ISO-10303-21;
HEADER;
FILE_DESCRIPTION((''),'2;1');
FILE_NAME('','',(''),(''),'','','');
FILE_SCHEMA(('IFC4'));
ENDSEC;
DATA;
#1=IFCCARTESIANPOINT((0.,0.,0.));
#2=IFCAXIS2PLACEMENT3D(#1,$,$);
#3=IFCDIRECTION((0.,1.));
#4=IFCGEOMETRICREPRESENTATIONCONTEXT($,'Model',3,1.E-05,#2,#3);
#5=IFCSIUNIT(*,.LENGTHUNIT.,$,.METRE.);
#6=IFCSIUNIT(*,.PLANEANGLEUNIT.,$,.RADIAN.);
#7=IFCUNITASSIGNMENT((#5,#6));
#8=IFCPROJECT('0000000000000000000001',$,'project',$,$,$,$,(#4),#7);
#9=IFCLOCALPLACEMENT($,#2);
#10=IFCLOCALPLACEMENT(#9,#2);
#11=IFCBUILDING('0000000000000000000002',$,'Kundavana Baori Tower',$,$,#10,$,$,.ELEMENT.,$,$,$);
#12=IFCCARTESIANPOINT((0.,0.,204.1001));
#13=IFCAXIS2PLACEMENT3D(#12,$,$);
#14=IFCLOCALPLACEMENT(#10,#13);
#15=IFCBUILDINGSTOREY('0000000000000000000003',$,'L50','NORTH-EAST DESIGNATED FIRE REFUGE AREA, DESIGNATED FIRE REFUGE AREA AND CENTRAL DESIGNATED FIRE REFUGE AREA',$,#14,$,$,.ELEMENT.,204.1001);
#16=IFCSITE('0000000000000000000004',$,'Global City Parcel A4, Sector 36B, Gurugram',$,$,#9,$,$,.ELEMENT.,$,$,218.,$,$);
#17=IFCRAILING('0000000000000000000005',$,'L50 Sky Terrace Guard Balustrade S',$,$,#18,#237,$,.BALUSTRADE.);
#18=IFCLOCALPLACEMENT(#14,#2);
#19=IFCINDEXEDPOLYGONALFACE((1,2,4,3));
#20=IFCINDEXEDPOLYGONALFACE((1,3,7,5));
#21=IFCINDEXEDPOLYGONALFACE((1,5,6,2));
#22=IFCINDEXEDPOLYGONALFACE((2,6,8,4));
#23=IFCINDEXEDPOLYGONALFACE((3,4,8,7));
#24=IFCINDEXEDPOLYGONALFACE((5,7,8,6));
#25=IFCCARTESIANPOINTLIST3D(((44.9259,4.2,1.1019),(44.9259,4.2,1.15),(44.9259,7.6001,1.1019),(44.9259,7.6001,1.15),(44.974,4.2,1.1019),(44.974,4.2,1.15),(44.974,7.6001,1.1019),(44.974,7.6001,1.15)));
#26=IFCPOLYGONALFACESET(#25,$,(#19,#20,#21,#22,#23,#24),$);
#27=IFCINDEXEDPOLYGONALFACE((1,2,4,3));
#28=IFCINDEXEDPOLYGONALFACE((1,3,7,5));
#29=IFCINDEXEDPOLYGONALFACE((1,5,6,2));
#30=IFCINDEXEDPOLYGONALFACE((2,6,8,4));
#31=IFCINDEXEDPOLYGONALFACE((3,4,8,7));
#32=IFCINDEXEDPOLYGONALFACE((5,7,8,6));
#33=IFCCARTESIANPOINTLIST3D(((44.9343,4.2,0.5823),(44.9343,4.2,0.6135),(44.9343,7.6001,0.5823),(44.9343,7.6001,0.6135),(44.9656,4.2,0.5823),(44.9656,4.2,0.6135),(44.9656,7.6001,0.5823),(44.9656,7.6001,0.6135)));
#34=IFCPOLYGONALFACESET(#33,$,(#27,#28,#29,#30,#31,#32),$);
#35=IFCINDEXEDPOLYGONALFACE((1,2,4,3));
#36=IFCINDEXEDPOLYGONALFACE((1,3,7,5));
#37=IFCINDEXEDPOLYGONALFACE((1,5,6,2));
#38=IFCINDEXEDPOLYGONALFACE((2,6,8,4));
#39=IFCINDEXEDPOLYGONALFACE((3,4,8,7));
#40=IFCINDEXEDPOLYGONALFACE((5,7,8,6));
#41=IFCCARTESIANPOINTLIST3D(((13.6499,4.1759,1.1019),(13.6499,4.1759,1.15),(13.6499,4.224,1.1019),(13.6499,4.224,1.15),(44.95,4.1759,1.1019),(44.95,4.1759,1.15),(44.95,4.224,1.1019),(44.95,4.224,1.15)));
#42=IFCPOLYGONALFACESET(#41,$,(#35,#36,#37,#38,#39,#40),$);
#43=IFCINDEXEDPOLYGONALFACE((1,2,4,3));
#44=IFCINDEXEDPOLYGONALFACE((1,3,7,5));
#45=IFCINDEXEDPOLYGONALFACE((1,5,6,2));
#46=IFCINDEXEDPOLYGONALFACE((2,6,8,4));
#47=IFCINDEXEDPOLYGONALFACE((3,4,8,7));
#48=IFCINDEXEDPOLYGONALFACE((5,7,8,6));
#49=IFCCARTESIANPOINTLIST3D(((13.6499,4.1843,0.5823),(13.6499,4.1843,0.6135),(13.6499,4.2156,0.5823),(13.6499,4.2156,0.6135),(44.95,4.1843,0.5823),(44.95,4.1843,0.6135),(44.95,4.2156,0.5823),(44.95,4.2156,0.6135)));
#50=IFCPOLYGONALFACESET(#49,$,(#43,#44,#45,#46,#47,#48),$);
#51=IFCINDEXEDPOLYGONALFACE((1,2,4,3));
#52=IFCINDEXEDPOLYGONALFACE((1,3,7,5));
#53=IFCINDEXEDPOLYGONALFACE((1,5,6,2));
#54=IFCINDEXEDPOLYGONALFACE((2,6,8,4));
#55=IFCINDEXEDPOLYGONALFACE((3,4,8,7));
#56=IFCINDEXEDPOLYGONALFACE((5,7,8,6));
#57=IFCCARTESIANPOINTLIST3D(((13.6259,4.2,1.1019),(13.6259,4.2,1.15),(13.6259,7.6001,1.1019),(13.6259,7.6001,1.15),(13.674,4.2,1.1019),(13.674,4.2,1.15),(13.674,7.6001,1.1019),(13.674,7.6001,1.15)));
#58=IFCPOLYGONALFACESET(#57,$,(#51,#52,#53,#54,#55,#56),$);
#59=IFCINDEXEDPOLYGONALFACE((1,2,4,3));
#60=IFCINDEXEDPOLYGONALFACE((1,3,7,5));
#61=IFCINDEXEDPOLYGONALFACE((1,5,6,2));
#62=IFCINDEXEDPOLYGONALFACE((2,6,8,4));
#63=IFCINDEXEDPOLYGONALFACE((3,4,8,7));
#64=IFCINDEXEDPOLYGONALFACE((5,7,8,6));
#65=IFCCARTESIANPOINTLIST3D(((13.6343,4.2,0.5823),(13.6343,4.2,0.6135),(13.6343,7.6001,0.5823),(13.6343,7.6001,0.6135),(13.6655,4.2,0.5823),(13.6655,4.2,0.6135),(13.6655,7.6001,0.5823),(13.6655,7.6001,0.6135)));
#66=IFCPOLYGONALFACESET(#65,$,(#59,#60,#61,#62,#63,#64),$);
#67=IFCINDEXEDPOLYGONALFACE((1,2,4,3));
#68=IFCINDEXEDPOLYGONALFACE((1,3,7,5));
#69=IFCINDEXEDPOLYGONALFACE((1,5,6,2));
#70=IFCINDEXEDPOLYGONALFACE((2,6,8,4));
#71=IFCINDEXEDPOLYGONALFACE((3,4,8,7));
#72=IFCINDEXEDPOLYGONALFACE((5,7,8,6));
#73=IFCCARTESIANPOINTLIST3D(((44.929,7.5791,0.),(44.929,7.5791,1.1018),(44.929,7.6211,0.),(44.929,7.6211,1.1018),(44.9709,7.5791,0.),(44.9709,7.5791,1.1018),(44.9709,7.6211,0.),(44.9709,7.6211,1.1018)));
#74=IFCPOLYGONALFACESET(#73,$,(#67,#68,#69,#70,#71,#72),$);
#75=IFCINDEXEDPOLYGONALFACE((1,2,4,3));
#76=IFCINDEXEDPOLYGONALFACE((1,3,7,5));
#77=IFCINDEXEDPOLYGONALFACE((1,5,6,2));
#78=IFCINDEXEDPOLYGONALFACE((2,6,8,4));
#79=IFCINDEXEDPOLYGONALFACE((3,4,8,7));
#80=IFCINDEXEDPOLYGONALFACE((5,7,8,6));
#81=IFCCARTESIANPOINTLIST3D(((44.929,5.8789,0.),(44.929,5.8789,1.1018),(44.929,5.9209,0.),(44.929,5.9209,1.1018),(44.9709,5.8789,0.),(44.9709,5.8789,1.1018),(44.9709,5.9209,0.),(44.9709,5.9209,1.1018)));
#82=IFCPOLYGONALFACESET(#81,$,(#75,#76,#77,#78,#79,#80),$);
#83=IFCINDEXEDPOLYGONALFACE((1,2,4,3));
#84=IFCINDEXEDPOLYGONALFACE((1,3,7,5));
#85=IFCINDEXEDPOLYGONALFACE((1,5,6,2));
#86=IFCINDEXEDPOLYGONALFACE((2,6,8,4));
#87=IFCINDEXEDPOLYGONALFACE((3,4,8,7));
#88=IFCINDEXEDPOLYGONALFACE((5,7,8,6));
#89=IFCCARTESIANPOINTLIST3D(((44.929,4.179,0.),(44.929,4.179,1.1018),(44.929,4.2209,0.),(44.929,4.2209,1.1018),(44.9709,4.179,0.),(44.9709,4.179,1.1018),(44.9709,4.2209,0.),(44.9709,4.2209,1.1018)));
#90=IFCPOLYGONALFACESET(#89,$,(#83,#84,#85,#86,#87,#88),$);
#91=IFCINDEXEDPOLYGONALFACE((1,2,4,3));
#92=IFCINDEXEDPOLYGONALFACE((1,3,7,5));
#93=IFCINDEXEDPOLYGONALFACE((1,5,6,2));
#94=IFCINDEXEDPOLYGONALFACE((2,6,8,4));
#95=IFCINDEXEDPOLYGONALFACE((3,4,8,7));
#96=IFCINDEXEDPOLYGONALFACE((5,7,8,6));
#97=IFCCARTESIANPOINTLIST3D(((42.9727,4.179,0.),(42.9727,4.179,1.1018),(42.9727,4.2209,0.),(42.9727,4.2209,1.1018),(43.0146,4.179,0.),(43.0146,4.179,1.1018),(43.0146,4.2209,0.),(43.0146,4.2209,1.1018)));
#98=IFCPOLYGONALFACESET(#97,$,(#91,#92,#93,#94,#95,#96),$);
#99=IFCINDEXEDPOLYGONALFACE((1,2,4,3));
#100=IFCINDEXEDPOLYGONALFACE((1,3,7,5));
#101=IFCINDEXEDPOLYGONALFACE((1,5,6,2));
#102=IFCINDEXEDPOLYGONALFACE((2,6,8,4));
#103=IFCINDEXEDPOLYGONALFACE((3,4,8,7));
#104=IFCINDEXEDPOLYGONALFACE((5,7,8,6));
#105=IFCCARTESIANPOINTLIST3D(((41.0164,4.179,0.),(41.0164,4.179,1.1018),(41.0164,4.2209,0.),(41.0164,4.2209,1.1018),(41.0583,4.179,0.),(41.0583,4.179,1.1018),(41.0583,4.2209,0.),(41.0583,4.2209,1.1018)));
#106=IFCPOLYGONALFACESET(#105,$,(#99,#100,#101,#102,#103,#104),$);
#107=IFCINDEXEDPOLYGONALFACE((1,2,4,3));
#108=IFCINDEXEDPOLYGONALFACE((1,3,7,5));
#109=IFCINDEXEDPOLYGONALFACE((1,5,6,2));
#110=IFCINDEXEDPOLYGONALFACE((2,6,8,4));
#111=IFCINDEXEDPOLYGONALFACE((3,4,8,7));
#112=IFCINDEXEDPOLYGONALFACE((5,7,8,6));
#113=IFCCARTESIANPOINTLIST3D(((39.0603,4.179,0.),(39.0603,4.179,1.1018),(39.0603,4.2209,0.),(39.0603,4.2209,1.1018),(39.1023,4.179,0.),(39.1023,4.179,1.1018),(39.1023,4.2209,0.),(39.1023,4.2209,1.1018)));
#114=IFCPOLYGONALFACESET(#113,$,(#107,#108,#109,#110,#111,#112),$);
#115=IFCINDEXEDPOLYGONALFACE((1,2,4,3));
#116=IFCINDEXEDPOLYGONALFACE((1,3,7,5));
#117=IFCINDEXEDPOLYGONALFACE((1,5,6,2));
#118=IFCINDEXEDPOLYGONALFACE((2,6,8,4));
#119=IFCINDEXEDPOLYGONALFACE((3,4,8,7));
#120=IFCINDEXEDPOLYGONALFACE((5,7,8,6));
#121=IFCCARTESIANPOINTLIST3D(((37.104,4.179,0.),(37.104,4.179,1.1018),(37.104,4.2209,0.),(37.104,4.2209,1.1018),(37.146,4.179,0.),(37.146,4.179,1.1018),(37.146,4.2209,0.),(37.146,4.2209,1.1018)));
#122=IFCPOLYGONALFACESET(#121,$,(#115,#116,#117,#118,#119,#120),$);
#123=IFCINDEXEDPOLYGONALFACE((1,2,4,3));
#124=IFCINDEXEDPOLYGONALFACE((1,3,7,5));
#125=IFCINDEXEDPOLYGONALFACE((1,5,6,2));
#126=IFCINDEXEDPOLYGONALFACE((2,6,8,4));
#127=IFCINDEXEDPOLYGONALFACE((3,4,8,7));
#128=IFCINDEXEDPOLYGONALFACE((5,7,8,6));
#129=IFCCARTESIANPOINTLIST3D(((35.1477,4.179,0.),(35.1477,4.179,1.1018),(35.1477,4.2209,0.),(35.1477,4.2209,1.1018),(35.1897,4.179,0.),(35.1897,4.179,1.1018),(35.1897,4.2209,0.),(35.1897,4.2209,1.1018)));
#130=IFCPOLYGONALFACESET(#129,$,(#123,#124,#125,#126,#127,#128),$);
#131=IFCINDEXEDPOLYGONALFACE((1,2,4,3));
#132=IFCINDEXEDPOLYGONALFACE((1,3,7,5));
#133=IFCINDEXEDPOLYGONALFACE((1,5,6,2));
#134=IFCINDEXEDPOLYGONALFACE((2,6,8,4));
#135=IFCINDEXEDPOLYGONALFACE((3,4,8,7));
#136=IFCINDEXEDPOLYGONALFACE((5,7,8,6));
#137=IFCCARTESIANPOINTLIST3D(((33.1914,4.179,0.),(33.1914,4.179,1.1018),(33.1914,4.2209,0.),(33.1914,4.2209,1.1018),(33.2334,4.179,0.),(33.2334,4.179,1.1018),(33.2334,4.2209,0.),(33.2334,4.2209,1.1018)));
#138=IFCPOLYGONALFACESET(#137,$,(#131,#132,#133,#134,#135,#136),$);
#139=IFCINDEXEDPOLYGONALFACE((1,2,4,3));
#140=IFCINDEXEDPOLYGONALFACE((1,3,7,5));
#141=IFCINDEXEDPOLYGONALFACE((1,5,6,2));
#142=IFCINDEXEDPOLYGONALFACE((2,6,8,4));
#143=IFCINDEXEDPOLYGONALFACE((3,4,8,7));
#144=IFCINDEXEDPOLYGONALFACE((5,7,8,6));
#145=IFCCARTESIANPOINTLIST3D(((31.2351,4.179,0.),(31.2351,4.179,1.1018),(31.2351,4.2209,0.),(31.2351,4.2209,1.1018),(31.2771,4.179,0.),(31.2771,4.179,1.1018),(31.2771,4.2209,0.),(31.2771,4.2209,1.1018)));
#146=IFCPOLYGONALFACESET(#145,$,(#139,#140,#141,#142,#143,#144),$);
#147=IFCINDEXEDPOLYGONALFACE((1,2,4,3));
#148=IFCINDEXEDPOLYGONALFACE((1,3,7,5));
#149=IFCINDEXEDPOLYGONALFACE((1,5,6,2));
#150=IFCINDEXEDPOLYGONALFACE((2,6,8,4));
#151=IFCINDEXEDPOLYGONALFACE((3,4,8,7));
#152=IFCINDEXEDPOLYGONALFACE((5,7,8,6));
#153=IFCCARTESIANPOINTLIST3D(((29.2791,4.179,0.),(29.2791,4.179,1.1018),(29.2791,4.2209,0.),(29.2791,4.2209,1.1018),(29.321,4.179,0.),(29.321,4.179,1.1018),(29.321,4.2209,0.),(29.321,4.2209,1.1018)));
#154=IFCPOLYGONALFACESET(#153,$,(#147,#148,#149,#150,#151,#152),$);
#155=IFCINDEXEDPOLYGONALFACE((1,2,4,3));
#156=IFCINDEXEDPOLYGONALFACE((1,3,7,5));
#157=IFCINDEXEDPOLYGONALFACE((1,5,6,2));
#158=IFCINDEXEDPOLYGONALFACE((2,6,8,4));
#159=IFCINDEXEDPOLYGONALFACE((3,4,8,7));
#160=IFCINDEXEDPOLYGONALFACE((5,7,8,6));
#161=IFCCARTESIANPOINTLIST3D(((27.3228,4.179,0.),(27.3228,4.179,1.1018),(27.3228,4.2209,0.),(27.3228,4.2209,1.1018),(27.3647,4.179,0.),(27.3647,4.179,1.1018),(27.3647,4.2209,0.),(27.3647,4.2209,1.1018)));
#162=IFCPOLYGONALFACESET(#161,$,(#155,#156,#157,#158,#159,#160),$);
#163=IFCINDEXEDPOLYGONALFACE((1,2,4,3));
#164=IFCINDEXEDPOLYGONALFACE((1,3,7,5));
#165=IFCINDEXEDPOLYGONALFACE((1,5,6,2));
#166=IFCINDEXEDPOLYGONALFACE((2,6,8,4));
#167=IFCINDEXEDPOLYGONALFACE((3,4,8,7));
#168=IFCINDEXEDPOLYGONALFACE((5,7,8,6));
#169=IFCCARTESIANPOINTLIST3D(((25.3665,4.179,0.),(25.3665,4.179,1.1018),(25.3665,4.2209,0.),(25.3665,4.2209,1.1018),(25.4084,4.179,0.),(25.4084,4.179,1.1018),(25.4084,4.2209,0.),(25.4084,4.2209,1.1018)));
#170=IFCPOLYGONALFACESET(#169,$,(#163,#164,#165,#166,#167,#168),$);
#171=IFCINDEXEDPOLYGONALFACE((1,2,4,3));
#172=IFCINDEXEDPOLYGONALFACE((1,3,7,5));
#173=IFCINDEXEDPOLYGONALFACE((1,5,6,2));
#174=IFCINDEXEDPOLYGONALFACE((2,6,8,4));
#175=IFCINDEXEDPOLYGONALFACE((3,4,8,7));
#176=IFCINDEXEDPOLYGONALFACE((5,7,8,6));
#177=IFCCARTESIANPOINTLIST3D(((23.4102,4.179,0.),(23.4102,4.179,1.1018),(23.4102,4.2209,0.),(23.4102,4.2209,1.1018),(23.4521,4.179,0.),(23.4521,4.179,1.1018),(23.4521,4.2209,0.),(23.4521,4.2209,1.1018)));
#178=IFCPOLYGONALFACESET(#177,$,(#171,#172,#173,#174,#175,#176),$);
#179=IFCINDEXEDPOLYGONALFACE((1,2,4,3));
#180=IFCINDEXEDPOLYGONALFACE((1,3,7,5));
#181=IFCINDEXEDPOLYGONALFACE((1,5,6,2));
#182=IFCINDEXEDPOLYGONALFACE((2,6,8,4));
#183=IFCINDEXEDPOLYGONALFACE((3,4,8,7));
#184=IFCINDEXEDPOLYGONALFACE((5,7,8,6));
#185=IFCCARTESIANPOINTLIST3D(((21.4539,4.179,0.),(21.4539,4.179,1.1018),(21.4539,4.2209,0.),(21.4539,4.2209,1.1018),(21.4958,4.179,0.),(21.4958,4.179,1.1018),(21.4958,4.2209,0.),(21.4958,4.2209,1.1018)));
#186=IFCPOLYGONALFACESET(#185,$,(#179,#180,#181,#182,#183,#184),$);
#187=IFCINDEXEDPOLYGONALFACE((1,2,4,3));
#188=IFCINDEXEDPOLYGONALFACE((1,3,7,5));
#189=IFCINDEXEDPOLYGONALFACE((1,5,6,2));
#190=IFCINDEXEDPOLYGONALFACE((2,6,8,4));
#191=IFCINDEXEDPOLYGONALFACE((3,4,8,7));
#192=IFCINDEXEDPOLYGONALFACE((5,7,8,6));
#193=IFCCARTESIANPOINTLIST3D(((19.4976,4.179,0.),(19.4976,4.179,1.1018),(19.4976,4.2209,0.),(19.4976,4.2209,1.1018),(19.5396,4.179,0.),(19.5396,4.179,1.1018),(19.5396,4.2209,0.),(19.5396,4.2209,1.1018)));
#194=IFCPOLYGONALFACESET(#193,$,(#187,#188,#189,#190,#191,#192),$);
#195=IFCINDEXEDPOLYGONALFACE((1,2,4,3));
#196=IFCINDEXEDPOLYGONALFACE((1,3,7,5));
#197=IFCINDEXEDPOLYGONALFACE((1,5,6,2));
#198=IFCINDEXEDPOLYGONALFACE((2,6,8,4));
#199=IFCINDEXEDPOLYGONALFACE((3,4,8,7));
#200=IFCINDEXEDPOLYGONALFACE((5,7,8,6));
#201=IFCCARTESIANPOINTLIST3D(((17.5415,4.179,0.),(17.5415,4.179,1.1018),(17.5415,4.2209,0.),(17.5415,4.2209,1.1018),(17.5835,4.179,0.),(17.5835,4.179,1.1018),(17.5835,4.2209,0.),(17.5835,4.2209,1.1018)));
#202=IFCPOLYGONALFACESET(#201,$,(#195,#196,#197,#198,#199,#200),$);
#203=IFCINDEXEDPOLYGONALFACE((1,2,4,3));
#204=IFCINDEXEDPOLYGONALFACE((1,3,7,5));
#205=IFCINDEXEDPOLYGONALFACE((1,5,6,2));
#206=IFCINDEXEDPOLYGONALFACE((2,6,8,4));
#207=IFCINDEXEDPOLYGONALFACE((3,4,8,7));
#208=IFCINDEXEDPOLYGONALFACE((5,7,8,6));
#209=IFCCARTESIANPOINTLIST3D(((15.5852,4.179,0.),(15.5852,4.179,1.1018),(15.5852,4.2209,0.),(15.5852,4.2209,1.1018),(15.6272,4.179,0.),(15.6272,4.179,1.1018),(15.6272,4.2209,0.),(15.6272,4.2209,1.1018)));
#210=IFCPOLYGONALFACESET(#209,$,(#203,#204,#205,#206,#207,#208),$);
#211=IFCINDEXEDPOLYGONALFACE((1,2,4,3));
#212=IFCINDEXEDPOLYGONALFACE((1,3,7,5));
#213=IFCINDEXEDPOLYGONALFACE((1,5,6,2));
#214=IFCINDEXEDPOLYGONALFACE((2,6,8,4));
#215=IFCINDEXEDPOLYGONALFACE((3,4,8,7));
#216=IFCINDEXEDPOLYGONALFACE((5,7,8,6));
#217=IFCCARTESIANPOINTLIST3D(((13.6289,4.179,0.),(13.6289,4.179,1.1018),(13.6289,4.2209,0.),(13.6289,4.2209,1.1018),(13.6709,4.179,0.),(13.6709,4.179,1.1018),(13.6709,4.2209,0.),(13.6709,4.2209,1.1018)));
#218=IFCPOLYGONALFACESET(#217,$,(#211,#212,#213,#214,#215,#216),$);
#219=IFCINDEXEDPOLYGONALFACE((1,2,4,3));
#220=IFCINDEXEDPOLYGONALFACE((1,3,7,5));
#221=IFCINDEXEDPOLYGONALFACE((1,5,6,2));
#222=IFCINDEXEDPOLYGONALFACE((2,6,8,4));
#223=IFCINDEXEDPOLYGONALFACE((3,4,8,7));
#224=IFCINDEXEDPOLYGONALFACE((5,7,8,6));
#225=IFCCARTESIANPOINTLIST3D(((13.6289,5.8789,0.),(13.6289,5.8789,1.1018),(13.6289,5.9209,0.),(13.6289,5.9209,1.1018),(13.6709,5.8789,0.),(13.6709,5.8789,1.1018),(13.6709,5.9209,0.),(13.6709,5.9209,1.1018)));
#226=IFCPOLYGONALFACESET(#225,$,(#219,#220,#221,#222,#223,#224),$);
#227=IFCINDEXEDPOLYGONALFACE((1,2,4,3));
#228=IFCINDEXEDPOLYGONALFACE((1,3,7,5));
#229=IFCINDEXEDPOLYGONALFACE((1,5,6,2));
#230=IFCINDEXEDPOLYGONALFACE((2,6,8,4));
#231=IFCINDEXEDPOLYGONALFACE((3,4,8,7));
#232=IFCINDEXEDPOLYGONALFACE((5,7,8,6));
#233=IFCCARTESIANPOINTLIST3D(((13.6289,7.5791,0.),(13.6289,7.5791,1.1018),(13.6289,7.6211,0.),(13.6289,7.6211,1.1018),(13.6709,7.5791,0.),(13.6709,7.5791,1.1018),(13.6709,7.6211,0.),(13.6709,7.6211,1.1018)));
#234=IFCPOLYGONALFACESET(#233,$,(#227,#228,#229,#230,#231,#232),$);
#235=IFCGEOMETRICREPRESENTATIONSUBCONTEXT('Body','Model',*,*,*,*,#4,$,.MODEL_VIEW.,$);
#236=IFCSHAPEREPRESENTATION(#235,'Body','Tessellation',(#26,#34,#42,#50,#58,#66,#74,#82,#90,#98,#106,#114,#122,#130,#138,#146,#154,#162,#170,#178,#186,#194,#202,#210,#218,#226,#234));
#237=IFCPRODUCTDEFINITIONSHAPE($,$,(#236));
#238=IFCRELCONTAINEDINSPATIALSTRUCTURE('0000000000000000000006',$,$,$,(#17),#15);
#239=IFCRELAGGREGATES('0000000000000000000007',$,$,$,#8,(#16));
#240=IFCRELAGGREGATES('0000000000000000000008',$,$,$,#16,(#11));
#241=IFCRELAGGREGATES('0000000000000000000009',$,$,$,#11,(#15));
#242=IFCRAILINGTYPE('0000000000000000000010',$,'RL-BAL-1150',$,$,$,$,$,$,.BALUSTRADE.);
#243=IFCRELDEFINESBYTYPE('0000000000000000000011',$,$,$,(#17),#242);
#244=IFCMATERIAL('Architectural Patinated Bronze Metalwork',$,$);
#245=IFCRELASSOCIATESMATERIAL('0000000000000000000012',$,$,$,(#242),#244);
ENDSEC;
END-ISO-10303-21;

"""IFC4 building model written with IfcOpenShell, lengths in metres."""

from ifc_helpers import new_model, si_unit, direction, frame, origin, origin_2d, place, context, subcontext, project, spatial, rectangle, extrude, material, type_object, element, save


model = new_model("IFC4")

# Units and contexts
model_context = context("Model", 3, precision=1e-05, world=origin(), true_north=direction((0.0, 1.0)))
body_context = subcontext(model_context, "Body", "Model", "MODEL_VIEW")
ifc_project = project(units=[si_unit("LENGTHUNIT", "METRE"), si_unit("PLANEANGLEUNIT", "RADIAN")], contexts=[model_context])

# Site, building, storey
site_placement = place(None, origin())
site = spatial("IfcSite", under=ifc_project, at=site_placement, Name="Global City Parcel A4, Sector 36B, Gurugram", CompositionType="ELEMENT", RefElevation=218.0)
building_placement = place(site_placement, origin())
building = spatial("IfcBuilding", under=site, at=building_placement, Name="Kundavana Baori Tower", CompositionType="ELEMENT")
storey_placement = place(building_placement, frame((0.0, 0.0, 204.1001)))
storey = spatial("IfcBuildingStorey", under=building, at=storey_placement, Name="L50", Description="NORTH-EAST DESIGNATED FIRE REFUGE AREA, DESIGNATED FIRE REFUGE AREA AND CENTRAL DESIGNATED FIRE REFUGE AREA", CompositionType="ELEMENT", Elevation=204.1001)

# Railing
ifc_material_1 = material(Name="Architectural Patinated Bronze Metalwork")
railing_type = type_object("IfcRailingType", Name="RL-BAL-1150", PredefinedType="BALUSTRADE", material=ifc_material_1)
railing_placement = place(storey_placement, frame((44.95, 7.6001, 0.0)))
element("IfcRailing", 1, at=railing_placement, inside=storey, type_object=railing_type, Name="L50 Sky Terrace Guard Balustrade S", PredefinedType="BALUSTRADE", context=body_context, shape_type="SweptSolid", body=[
    extrude(rectangle(XDim=0.0481, YDim=0.0481, at=origin_2d()), frame((0.0, 0.0, 1.126), z_axis=(0.0, -1.0, 0.0), x_axis=(1.0, 0.0, 0.0)), (0.0, 0.0, 1.0), 3.4001),
    extrude(rectangle(XDim=0.0312, YDim=0.0312, at=origin_2d()), frame((0.0, 0.0, 0.5979), z_axis=(0.0, -1.0, 0.0), x_axis=(1.0, 0.0, 0.0)), (0.0, 0.0, 1.0), 3.4001),
    extrude(rectangle(XDim=0.0481, YDim=0.0481, at=origin_2d()), frame((0.0, -3.4001, 1.126), z_axis=(-1.0, 0.0, 0.0), x_axis=(0.0, -1.0, 0.0)), (0.0, 0.0, 1.0), 31.3),
    extrude(rectangle(XDim=0.0312, YDim=0.0312, at=origin_2d()), frame((0.0, -3.4001, 0.5979), z_axis=(-1.0, 0.0, 0.0), x_axis=(0.0, -1.0, 0.0)), (0.0, 0.0, 1.0), 31.3),
    extrude(rectangle(XDim=0.0481, YDim=0.0481, at=origin_2d()), frame((-31.3, -3.4001, 1.126), z_axis=(0.0, 1.0, 0.0), x_axis=(-1.0, 0.0, 0.0)), (0.0, 0.0, 1.0), 3.4001),
    extrude(rectangle(XDim=0.0312, YDim=0.0312, at=origin_2d()), frame((-31.3, -3.4001, 0.5979), z_axis=(0.0, 1.0, 0.0), x_axis=(-1.0, 0.0, 0.0)), (0.0, 0.0, 1.0), 3.4001),
    extrude(rectangle(XDim=0.042, YDim=0.042, at=origin_2d()), origin(), (0.0, 0.0, 1.0), 1.1018),
    extrude(rectangle(XDim=0.042, YDim=0.042, at=origin_2d()), frame((0.0, -1.7002, 0.0)), (0.0, 0.0, 1.0), 1.1018),
    extrude(rectangle(XDim=0.042, YDim=0.042, at=origin_2d()), frame((0.0, -3.4001, 0.0)), (0.0, 0.0, 1.0), 1.1018),
    extrude(rectangle(XDim=0.042, YDim=0.042, at=origin_2d()), frame((-1.9563, -3.4001, 0.0)), (0.0, 0.0, 1.0), 1.1018),
    extrude(rectangle(XDim=0.042, YDim=0.042, at=origin_2d()), frame((-3.9126, -3.4001, 0.0)), (0.0, 0.0, 1.0), 1.1018),
    extrude(rectangle(XDim=0.042, YDim=0.042, at=origin_2d()), frame((-5.8687, -3.4001, 0.0)), (0.0, 0.0, 1.0), 1.1018),
    extrude(rectangle(XDim=0.042, YDim=0.042, at=origin_2d()), frame((-7.825, -3.4001, 0.0)), (0.0, 0.0, 1.0), 1.1018),
    extrude(rectangle(XDim=0.042, YDim=0.042, at=origin_2d()), frame((-9.7812, -3.4001, 0.0)), (0.0, 0.0, 1.0), 1.1018),
    extrude(rectangle(XDim=0.042, YDim=0.042, at=origin_2d()), frame((-11.7375, -3.4001, 0.0)), (0.0, 0.0, 1.0), 1.1018),
    extrude(rectangle(XDim=0.042, YDim=0.042, at=origin_2d()), frame((-13.6938, -3.4001, 0.0)), (0.0, 0.0, 1.0), 1.1018),
    extrude(rectangle(XDim=0.042, YDim=0.042, at=origin_2d()), frame((-15.6499, -3.4001, 0.0)), (0.0, 0.0, 1.0), 1.1018),
    extrude(rectangle(XDim=0.042, YDim=0.042, at=origin_2d()), frame((-17.6062, -3.4001, 0.0)), (0.0, 0.0, 1.0), 1.1018),
    extrude(rectangle(XDim=0.042, YDim=0.042, at=origin_2d()), frame((-19.5625, -3.4001, 0.0)), (0.0, 0.0, 1.0), 1.1018),
    extrude(rectangle(XDim=0.042, YDim=0.042, at=origin_2d()), frame((-21.5188, -3.4001, 0.0)), (0.0, 0.0, 1.0), 1.1018),
    extrude(rectangle(XDim=0.042, YDim=0.042, at=origin_2d()), frame((-23.4751, -3.4001, 0.0)), (0.0, 0.0, 1.0), 1.1018),
    extrude(rectangle(XDim=0.042, YDim=0.042, at=origin_2d()), frame((-25.4314, -3.4001, 0.0)), (0.0, 0.0, 1.0), 1.1018),
    extrude(rectangle(XDim=0.042, YDim=0.042, at=origin_2d()), frame((-27.3875, -3.4001, 0.0)), (0.0, 0.0, 1.0), 1.1018),
    extrude(rectangle(XDim=0.042, YDim=0.042, at=origin_2d()), frame((-29.3438, -3.4001, 0.0)), (0.0, 0.0, 1.0), 1.1018),
    extrude(rectangle(XDim=0.042, YDim=0.042, at=origin_2d()), frame((-31.3, -3.4001, 0.0)), (0.0, 0.0, 1.0), 1.1018),
    extrude(rectangle(XDim=0.042, YDim=0.042, at=origin_2d()), frame((-31.3, -1.7002, 0.0)), (0.0, 0.0, 1.0), 1.1018),
    extrude(rectangle(XDim=0.042, YDim=0.042, at=origin_2d()), frame((-31.3, 0.0, 0.0)), (0.0, 0.0, 1.0), 1.1018),
])

save(model, "model.ifc")
